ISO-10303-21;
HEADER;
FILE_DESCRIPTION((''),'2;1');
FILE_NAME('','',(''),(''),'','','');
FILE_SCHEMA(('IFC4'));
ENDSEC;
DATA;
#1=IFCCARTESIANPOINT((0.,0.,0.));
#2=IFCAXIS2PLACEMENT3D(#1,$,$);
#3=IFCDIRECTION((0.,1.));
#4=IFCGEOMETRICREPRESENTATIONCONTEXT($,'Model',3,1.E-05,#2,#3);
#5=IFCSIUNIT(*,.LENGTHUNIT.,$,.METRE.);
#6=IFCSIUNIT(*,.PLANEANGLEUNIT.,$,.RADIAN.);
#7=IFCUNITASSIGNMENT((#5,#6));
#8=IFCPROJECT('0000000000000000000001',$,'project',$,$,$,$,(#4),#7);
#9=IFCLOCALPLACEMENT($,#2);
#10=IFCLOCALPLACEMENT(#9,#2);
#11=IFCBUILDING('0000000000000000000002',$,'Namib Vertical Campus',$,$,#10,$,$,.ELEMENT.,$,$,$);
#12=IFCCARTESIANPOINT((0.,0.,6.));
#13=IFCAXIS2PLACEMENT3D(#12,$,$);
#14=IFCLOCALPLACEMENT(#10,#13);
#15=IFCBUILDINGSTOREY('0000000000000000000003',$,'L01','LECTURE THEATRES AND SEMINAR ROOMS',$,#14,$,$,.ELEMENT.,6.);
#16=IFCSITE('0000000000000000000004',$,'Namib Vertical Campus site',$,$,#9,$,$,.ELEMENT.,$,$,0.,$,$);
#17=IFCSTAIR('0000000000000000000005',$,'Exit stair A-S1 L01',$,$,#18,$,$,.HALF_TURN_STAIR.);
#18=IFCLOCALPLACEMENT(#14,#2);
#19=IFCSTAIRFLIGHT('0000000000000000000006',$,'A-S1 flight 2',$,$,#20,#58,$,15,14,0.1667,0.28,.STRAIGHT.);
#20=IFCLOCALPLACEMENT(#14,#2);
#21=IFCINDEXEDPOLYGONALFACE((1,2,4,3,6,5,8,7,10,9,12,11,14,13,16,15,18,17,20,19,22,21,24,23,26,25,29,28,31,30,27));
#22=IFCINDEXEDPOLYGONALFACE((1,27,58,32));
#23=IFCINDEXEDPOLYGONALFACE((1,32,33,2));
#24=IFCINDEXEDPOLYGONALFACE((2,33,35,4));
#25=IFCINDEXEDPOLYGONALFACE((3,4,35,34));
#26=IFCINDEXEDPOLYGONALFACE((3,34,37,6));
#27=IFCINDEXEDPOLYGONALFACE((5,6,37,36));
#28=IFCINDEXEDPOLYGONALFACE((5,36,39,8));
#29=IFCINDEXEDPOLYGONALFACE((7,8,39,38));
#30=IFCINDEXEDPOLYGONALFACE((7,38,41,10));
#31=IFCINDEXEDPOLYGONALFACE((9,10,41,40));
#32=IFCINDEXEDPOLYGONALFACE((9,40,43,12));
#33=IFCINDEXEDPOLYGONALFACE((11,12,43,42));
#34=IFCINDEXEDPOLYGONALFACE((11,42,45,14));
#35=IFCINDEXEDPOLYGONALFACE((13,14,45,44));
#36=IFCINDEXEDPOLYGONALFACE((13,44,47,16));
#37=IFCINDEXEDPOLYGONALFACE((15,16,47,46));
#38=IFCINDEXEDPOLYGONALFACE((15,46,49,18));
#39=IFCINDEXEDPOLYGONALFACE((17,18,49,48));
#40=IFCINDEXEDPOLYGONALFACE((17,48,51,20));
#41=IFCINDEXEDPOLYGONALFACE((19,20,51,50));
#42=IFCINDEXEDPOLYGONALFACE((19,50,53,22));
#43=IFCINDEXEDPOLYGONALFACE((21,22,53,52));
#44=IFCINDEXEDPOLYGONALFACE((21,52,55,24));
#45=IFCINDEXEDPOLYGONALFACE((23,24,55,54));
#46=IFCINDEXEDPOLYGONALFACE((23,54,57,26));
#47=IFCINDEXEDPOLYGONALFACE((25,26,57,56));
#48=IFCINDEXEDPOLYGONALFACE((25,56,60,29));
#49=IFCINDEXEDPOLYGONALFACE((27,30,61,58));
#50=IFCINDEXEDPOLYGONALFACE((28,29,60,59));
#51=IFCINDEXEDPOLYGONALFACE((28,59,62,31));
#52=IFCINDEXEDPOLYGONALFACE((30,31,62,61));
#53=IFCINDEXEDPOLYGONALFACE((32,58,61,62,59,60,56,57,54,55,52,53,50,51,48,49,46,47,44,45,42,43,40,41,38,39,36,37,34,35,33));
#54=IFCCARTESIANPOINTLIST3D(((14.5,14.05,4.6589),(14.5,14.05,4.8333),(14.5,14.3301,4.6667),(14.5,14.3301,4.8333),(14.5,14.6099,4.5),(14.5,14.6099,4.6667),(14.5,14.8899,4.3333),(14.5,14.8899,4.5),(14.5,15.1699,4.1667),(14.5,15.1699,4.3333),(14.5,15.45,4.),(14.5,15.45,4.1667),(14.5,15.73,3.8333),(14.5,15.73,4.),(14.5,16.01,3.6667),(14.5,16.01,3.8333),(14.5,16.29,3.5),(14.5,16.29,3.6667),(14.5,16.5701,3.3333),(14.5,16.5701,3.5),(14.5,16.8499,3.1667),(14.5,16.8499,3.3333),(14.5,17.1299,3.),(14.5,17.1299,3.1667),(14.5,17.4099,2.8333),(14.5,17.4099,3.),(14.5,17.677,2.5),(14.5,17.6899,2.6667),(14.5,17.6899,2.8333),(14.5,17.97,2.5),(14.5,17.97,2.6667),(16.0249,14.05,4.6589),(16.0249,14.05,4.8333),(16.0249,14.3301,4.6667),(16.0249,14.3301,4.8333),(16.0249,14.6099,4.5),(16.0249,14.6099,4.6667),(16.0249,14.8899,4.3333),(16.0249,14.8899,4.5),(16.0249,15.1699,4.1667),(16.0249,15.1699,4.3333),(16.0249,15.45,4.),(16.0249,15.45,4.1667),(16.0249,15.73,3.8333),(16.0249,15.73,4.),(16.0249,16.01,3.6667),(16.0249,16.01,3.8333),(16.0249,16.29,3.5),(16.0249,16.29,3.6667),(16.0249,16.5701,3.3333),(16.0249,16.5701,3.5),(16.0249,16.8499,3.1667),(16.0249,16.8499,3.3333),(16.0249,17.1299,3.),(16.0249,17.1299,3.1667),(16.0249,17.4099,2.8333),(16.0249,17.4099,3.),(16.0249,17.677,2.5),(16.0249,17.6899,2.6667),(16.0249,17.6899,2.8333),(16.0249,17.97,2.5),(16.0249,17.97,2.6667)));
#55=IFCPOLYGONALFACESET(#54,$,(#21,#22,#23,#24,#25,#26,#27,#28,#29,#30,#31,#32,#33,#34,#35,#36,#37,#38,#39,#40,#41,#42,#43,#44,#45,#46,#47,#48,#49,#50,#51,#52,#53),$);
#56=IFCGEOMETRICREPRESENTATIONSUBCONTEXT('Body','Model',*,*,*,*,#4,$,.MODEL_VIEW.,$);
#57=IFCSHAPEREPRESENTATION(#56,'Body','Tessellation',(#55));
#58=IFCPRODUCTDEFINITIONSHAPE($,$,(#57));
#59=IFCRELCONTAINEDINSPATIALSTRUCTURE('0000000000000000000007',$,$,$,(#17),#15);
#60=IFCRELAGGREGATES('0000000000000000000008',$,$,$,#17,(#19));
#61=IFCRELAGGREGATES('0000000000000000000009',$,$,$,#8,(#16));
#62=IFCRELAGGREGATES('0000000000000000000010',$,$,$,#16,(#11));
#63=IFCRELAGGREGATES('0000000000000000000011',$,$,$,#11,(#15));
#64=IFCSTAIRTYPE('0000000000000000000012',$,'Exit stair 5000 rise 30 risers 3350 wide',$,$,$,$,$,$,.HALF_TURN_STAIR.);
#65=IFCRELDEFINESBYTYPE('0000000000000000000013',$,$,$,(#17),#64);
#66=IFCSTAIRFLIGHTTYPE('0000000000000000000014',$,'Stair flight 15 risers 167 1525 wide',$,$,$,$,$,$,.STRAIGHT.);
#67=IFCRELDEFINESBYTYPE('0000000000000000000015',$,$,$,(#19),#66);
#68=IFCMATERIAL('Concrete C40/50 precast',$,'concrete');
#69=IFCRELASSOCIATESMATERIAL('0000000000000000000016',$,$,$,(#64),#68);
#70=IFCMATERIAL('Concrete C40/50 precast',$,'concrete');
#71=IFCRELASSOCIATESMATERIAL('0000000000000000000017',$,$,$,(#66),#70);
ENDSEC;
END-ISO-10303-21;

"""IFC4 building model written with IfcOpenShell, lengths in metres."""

from ifc_helpers import new_model, si_unit, direction, frame, origin, place, context, subcontext, project, spatial, polyline, outline, extrude, material, type_object, element, aggregate, save


model = new_model("IFC4")

# Units and contexts
model_context = context("Model", 3, precision=1e-05, world=origin(), true_north=direction((0.0, 1.0)))
body_context = subcontext(model_context, "Body", "Model", "MODEL_VIEW")
ifc_project = project(units=[si_unit("LENGTHUNIT", "METRE"), si_unit("PLANEANGLEUNIT", "RADIAN")], contexts=[model_context])

# Site, building, storey
site_placement = place(None, origin())
site = spatial("IfcSite", under=ifc_project, at=site_placement, Name="Namib Vertical Campus site", CompositionType="ELEMENT", RefElevation=0.0)
building_placement = place(site_placement, origin())
building = spatial("IfcBuilding", under=site, at=building_placement, Name="Namib Vertical Campus", CompositionType="ELEMENT")
storey_placement = place(building_placement, frame((0.0, 0.0, 6.0)))
storey = spatial("IfcBuildingStorey", under=building, at=storey_placement, Name="L01", Description="LECTURE THEATRES AND SEMINAR ROOMS", CompositionType="ELEMENT", Elevation=6.0)

# Stair, stair flight
ifc_material_1 = material(Name="Concrete C40/50 precast", Category="concrete")
stair_type = type_object("IfcStairType", Name="Exit stair 5000 rise 30 risers 3350 wide", PredefinedType="HALF_TURN_STAIR", material=ifc_material_1)
stair_placement = place(storey_placement, origin())
stair = element("IfcStair", 1, at=stair_placement, inside=storey, type_object=stair_type, Name="Exit stair A-S1 L01", PredefinedType="HALF_TURN_STAIR")
ifc_material_2 = material(Name="Concrete C40/50 precast", Category="concrete")
stair_flight_type = type_object("IfcStairFlightType", Name="Stair flight 15 risers 167 1525 wide", PredefinedType="STRAIGHT", material=ifc_material_2)
stair_flight_placement = place(storey_placement, frame((15.2625, 17.97, 2.5), z_axis=(0.0, 0.0, 1.0), x_axis=(0.0, -1.0, 0.0)))
stair_flight = element("IfcStairFlight", 2, at=stair_flight_placement, type_object=stair_flight_type, Name="A-S1 flight 2", NumberOfRisers=15, NumberOfTreads=14, PredefinedType="STRAIGHT", RiserHeight=0.1667, TreadLength=0.28, context=body_context, shape_type="SweptSolid", body=[
    extrude(outline(polyline([(0.0, 0.0), (0.0, 0.1667), (0.28, 0.1667), (0.28, 0.3333), (0.5601, 0.3333), (0.5601, 0.5), (0.8401, 0.5), (0.8401, 0.6667), (1.1201, 0.6667), (1.1201, 0.8333), (1.3999, 0.8333), (1.3999, 1.0), (1.6799, 1.0), (1.6799, 1.1667), (1.96, 1.1667), (1.96, 1.3333), (2.24, 1.3333), (2.24, 1.5), (2.52, 1.5), (2.52, 1.6667), (2.8, 1.6667), (2.8, 1.8333), (3.0801, 1.8333), (3.0801, 2.0), (3.3601, 2.0), (3.3601, 2.1667), (3.6399, 2.1667), (3.6399, 2.3333), (3.9199, 2.3333), (3.9199, 2.5), (3.9199, 2.1589), (0.293, 0.0), (0.0, 0.0)])), frame((0.0, 0.7625, 0.0), z_axis=(0.0, -1.0, 0.0), x_axis=(1.0, 0.0, 0.0)), (0.0, 0.0, 1.0), 1.5249),
])
aggregate(stair, [stair_flight])

save(model, "model.ifc")
